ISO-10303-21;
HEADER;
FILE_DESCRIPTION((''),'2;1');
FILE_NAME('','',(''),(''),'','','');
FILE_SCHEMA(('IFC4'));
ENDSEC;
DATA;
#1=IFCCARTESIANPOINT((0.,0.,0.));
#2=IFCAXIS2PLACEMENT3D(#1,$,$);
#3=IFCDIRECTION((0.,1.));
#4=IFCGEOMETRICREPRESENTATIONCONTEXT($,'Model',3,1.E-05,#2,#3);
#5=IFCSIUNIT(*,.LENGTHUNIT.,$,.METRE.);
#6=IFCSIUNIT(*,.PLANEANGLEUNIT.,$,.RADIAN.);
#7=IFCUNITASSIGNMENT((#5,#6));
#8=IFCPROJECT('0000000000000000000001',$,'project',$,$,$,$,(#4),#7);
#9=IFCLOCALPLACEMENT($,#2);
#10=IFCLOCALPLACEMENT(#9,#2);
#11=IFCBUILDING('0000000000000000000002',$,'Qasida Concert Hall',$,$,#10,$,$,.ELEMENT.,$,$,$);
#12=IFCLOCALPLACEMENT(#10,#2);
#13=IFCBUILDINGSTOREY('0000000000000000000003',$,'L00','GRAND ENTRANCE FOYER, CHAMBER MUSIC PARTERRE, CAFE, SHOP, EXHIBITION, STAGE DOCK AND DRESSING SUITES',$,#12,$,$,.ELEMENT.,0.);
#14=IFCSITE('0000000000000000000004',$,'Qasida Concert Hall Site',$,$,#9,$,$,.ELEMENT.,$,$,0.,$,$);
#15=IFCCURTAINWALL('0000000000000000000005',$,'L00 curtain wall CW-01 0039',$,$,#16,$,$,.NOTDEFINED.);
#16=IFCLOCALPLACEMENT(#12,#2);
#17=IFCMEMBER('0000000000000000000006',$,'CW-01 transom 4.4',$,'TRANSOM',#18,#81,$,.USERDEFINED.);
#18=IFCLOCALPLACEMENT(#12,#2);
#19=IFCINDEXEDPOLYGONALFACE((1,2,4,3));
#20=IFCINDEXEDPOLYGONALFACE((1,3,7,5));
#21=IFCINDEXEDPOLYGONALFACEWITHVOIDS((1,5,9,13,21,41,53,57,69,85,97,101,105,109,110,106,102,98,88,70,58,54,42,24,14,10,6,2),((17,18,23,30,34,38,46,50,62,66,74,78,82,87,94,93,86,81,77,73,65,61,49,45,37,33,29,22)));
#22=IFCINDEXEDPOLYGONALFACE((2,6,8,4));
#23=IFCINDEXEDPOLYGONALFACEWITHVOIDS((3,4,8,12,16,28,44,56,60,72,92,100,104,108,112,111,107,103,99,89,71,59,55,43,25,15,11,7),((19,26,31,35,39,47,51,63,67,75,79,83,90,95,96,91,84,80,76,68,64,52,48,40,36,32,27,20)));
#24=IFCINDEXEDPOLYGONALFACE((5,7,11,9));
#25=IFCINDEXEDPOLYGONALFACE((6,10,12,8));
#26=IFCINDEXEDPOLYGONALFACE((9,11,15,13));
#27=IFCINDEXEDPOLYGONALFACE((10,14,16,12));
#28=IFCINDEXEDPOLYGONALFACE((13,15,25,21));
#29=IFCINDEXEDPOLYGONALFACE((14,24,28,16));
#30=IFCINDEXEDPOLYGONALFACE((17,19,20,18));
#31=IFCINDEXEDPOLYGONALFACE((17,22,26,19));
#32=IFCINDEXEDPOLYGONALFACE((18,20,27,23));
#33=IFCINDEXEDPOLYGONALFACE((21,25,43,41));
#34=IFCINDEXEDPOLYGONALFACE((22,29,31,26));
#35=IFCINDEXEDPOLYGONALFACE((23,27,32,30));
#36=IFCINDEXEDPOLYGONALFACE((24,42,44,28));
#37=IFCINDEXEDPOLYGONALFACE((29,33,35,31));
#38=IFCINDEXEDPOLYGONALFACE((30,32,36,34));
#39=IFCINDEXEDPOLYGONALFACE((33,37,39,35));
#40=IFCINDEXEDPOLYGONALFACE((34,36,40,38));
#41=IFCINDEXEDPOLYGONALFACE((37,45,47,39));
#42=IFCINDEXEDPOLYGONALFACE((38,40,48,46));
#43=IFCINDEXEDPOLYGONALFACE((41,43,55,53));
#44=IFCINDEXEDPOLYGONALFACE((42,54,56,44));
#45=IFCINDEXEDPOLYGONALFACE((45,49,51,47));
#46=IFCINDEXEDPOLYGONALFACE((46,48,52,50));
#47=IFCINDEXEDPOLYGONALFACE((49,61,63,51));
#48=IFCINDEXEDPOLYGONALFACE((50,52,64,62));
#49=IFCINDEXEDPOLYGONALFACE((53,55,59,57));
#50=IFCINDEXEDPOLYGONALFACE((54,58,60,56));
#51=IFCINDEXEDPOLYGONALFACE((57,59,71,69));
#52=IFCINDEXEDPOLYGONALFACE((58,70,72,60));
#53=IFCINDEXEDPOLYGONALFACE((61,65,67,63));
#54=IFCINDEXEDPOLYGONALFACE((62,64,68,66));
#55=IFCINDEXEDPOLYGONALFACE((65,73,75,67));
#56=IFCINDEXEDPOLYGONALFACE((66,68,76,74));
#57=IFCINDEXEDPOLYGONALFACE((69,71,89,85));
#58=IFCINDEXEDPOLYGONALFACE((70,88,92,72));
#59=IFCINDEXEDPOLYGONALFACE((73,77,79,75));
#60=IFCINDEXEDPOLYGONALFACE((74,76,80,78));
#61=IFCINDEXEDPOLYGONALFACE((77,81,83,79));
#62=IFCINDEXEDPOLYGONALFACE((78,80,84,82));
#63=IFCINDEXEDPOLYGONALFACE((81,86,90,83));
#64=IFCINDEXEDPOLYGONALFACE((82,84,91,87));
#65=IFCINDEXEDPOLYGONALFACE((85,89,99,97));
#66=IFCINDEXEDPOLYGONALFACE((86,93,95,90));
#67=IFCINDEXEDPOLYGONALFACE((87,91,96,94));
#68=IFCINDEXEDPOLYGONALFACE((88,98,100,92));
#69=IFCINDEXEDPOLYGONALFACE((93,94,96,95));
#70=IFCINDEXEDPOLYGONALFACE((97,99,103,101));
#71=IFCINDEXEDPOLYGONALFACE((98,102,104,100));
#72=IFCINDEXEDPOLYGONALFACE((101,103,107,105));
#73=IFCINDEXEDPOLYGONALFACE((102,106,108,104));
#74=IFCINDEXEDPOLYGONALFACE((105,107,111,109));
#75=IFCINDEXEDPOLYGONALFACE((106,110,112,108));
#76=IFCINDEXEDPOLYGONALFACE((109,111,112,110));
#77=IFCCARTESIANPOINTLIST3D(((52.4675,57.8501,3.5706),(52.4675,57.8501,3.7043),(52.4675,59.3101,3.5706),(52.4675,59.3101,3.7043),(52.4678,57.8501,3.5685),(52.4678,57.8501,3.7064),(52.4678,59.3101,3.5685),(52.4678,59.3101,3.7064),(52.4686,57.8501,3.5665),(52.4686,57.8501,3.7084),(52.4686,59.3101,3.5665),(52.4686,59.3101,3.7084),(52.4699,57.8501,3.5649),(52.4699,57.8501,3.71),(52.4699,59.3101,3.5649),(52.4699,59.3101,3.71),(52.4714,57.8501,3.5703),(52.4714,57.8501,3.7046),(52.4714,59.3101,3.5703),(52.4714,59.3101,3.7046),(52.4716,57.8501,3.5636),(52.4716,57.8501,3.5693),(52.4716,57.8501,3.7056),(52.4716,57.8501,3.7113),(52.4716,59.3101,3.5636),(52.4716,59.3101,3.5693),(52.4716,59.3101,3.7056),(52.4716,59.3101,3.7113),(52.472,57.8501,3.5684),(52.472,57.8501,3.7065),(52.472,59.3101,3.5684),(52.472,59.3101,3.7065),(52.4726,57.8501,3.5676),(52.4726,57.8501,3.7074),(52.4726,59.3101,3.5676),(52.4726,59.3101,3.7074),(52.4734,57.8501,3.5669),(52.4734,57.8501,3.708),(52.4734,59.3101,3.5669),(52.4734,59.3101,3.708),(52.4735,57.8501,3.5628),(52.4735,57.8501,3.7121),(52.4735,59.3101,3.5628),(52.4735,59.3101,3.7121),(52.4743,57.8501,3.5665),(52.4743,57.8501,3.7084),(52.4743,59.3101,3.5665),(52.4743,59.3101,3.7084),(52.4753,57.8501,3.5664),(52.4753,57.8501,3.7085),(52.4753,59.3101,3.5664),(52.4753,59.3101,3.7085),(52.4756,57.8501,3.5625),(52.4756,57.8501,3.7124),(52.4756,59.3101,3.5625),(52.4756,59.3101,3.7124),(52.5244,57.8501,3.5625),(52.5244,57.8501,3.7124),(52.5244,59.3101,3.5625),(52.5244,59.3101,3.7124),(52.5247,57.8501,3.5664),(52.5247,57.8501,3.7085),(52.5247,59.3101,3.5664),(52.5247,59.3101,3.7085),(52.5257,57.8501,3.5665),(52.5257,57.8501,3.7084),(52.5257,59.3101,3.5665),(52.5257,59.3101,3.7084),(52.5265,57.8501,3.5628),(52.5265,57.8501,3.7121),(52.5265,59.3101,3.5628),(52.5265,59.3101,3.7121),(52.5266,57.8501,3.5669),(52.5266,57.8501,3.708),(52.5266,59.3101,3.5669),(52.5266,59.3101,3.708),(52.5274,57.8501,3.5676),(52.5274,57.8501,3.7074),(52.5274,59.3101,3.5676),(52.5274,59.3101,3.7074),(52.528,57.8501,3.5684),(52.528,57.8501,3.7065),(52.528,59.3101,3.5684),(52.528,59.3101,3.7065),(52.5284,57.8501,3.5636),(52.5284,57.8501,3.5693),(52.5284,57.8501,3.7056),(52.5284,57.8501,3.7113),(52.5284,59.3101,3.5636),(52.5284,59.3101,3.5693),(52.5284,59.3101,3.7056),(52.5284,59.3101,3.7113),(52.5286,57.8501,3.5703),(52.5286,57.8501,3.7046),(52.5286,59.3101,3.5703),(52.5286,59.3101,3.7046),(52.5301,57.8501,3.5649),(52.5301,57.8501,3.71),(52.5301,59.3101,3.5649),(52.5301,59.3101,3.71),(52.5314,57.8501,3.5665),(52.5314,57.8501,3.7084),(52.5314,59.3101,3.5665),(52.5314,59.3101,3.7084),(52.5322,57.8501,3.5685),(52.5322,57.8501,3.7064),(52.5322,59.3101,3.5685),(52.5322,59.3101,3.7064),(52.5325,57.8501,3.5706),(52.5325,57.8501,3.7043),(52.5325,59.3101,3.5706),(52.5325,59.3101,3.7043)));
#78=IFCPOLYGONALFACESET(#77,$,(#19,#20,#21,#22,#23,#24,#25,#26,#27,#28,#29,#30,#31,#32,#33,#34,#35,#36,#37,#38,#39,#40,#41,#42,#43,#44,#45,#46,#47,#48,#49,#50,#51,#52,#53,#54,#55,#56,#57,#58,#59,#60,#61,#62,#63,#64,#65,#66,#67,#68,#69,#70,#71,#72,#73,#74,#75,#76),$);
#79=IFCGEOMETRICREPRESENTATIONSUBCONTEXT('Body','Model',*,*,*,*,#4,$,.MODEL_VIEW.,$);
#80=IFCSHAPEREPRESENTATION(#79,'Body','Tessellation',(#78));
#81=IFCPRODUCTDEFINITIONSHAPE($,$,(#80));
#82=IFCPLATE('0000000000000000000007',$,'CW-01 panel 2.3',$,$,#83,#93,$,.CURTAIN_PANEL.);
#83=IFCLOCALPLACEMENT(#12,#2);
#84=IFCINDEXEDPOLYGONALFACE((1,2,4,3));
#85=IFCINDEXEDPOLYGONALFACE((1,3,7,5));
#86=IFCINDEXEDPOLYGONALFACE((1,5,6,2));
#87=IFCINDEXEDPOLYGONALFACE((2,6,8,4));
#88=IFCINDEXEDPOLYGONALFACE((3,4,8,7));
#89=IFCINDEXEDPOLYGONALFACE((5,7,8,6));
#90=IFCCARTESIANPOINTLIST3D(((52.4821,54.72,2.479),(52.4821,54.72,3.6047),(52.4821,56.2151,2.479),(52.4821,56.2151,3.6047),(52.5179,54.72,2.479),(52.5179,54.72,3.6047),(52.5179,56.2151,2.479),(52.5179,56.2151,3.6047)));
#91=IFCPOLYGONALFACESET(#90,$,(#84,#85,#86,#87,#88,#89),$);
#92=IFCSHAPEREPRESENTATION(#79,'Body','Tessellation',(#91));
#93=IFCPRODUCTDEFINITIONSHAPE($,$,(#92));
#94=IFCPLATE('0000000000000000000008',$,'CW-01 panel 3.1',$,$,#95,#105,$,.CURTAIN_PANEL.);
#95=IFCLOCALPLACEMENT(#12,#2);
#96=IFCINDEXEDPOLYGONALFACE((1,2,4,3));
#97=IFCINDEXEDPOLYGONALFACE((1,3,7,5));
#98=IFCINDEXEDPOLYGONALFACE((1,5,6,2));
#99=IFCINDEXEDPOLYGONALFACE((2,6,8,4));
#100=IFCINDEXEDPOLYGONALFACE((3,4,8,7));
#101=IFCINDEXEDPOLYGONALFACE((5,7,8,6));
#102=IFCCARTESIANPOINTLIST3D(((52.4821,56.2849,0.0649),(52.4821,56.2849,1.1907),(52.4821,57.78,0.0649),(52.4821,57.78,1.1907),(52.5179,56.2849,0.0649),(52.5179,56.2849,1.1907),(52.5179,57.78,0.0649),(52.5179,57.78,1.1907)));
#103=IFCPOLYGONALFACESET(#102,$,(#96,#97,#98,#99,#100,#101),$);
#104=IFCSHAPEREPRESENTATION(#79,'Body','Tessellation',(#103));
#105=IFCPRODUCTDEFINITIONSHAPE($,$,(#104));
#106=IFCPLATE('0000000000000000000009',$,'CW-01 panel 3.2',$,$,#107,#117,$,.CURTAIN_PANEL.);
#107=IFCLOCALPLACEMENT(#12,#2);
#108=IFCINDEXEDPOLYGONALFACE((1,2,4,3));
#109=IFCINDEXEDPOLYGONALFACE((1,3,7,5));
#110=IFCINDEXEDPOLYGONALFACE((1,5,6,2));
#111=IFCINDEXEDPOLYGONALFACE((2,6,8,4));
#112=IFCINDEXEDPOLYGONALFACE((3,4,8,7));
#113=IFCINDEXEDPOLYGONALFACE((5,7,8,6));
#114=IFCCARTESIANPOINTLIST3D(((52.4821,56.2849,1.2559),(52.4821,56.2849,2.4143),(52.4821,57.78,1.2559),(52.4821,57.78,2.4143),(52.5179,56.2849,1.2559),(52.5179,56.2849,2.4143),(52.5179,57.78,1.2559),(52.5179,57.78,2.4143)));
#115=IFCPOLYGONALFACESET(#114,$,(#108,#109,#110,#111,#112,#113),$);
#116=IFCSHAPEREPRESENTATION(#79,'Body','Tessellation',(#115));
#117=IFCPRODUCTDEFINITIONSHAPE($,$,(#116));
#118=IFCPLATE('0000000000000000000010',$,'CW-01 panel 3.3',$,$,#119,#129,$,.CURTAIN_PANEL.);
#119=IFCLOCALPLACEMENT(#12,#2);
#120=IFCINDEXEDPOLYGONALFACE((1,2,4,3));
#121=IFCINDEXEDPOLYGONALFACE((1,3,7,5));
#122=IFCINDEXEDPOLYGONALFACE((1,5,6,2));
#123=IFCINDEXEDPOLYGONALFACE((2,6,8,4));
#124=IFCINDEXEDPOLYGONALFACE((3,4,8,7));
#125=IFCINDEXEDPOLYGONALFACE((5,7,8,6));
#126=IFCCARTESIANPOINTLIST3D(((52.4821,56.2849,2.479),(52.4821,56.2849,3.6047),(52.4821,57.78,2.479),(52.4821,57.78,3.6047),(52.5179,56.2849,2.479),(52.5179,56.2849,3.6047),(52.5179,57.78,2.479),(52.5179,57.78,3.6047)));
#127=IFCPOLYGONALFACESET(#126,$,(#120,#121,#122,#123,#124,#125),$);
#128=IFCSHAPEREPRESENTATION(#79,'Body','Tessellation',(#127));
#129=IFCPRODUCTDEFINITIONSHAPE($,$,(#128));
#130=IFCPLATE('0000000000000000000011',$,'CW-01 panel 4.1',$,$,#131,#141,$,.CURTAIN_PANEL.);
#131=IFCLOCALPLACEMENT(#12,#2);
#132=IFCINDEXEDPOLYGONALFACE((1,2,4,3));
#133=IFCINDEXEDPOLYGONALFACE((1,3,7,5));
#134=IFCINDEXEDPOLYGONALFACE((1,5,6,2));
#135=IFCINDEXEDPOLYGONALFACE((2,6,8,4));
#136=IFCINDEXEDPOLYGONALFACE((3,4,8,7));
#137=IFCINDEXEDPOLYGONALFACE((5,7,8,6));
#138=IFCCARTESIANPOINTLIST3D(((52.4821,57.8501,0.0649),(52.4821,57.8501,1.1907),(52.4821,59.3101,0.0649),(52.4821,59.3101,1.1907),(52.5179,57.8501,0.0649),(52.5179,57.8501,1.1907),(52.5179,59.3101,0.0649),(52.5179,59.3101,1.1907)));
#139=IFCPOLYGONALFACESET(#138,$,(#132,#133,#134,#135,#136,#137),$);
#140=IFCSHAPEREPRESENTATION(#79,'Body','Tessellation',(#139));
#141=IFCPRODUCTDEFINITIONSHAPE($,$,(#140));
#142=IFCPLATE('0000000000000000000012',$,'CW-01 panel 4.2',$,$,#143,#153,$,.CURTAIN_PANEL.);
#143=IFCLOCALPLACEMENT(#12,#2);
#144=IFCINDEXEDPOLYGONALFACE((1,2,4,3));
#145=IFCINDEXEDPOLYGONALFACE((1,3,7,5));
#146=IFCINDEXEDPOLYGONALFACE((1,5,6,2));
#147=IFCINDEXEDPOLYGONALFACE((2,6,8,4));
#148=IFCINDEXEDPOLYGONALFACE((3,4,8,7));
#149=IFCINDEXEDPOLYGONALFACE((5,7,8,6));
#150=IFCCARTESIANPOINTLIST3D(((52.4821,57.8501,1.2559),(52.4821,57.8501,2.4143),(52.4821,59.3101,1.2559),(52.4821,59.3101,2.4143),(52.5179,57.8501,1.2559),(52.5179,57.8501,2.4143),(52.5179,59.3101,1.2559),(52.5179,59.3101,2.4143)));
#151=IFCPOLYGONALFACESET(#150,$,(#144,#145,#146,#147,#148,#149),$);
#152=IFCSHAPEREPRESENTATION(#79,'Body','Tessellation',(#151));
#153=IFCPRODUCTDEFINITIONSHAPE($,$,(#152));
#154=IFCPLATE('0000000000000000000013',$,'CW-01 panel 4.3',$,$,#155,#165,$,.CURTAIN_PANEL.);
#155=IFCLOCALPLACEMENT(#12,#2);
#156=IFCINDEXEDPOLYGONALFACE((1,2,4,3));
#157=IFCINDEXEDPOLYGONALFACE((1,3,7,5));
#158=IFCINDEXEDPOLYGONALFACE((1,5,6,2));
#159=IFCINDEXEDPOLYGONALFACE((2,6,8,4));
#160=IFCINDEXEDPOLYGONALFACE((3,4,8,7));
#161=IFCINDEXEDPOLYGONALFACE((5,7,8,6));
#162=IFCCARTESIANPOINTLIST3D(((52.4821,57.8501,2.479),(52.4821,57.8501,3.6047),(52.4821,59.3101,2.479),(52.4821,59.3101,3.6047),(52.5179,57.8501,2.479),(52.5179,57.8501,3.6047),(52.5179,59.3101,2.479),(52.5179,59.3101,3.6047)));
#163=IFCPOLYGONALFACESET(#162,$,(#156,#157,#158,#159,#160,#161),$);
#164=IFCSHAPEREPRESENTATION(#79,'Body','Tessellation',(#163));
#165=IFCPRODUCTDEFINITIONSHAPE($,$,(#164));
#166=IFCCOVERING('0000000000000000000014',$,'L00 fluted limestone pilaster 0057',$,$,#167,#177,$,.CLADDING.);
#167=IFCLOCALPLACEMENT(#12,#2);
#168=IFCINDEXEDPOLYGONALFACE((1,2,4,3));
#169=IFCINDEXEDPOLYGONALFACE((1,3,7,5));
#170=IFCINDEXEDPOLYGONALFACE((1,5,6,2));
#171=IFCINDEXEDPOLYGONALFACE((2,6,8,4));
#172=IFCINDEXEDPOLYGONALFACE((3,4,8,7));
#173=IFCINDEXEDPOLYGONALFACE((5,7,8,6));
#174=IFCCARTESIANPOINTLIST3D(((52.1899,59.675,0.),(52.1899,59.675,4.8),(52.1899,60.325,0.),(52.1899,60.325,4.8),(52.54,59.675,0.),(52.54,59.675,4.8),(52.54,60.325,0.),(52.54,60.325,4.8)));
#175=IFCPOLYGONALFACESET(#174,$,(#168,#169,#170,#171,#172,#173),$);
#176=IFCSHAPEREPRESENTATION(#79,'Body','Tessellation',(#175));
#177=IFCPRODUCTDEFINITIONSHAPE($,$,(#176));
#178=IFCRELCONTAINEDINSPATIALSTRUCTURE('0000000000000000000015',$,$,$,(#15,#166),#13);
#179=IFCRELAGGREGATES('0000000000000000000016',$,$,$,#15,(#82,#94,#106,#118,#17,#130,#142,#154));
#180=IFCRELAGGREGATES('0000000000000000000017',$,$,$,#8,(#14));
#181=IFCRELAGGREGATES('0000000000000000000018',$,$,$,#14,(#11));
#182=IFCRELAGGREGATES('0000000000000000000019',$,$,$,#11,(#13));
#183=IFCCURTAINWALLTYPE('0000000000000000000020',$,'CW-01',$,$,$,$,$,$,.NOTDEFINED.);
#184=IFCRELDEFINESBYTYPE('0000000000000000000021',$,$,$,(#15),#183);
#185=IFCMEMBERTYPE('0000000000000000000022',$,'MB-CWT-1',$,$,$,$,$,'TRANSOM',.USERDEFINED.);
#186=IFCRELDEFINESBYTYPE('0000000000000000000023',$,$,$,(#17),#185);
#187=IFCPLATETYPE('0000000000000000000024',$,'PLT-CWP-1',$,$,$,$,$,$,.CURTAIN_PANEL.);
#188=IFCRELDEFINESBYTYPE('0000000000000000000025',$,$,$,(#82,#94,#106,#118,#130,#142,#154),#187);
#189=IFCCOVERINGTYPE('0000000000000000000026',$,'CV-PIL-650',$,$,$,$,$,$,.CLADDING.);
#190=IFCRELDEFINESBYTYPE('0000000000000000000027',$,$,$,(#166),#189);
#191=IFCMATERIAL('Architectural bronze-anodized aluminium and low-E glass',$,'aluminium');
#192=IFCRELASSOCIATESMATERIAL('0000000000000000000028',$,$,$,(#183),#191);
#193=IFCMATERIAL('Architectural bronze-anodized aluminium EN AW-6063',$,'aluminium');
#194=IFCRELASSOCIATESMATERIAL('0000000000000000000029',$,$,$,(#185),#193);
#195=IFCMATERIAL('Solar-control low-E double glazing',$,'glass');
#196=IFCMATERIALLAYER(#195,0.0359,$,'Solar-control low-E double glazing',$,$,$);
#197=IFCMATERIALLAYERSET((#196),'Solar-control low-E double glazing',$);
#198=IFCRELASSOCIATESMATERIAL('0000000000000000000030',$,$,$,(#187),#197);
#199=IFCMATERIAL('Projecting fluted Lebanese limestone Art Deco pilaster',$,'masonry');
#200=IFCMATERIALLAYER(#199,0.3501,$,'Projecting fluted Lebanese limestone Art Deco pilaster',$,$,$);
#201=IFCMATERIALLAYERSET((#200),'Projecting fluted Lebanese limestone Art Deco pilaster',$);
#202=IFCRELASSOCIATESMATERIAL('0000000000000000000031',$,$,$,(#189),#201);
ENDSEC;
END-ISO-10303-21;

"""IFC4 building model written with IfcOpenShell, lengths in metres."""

from ifc_helpers import new_model, si_unit, direction, frame, origin, origin_2d, place, context, subcontext, project, spatial, rectangle, hollow_rectangle, extrude, material, layer, layer_set, material_profile, profile_set, type_object, element, aggregate, save


model = new_model("IFC4")

# Units and contexts
model_context = context("Model", 3, precision=1e-05, world=origin(), true_north=direction((0.0, 1.0)))
body_context = subcontext(model_context, "Body", "Model", "MODEL_VIEW")
ifc_project = project(units=[si_unit("LENGTHUNIT", "METRE"), si_unit("PLANEANGLEUNIT", "RADIAN")], contexts=[model_context])

# Site, building, storey
site_placement = place(None, origin())
site = spatial("IfcSite", under=ifc_project, at=site_placement, Name="Qasida Concert Hall Site", CompositionType="ELEMENT", RefElevation=0.0)
building_placement = place(site_placement, origin())
building = spatial("IfcBuilding", under=site, at=building_placement, Name="Qasida Concert Hall", CompositionType="ELEMENT")
storey_placement = place(building_placement, origin())
storey = spatial("IfcBuildingStorey", under=building, at=storey_placement, Name="L00", Description="GRAND ENTRANCE FOYER, CHAMBER MUSIC PARTERRE, CAFE, SHOP, EXHIBITION, STAGE DOCK AND DRESSING SUITES", CompositionType="ELEMENT", Elevation=0.0)

# Curtain wall, member, plates
ifc_material_1 = material(Name="Architectural bronze-anodized aluminium and low-E glass", Category="aluminium")
curtain_wall_type = type_object("IfcCurtainWallType", Name="CW-01", PredefinedType="NOTDEFINED", material=ifc_material_1)
curtain_wall_placement = place(storey_placement, origin())
curtain_wall = element("IfcCurtainWall", 1, at=curtain_wall_placement, inside=storey, type_object=curtain_wall_type, Name="L00 curtain wall CW-01 0039", PredefinedType="NOTDEFINED")
ifc_material_2 = material(Name="Architectural bronze-anodized aluminium EN AW-6063", Category="aluminium")
ifc_material_profile_1 = material_profile(ifc_material_2, hollow_rectangle(XDim=0.0649, YDim=0.1499, WallThickness=0.0039, InnerFilletRadius=0.0039, OuterFilletRadius=0.0081, at=origin_2d()), Name="CWT 150x65x4")
ifc_profile_set_1 = profile_set([ifc_material_profile_1], Name="Architectural bronze-anodized aluminium EN AW-6063")
member_type_1 = type_object("IfcMemberType", Name="MB-CWT-1", ElementType="TRANSOM", PredefinedType="USERDEFINED", material=ifc_profile_set_1)
member_1_placement = place(storey_placement, frame((52.5, 57.8501, 3.6375), z_axis=(0.0, 1.0, 0.0), x_axis=(-1.0, 0.0, 0.0)))
member_1 = element("IfcMember", 2, at=member_1_placement, type_object=member_type_1, Name="CW-01 transom 4.4", ObjectType="TRANSOM", PredefinedType="USERDEFINED", context=body_context, shape_type="SweptSolid", body=[
    extrude(hollow_rectangle(XDim=0.0649, YDim=0.1499, WallThickness=0.0039, InnerFilletRadius=0.0039, OuterFilletRadius=0.0081, at=origin_2d()), origin(), (0.0, 0.0, 1.0), 1.46),
])
ifc_material_3 = material(Name="Solar-control low-E double glazing", Category="glass")
ifc_layer_1 = layer(ifc_material_3, 0.0359, Name="Solar-control low-E double glazing")
ifc_layer_set_1 = layer_set([ifc_layer_1], Name="Solar-control low-E double glazing")
plate_type = type_object("IfcPlateType", Name="PLT-CWP-1", PredefinedType="CURTAIN_PANEL", material=ifc_layer_set_1)
plate_1_placement = place(storey_placement, frame((52.5, 55.4675, 2.479), z_axis=(0.0, 0.0, 1.0), x_axis=(0.0, 1.0, 0.0)))
plate_1 = element("IfcPlate", 3, at=plate_1_placement, type_object=plate_type, Name="CW-01 panel 2.3", PredefinedType="CURTAIN_PANEL", context=body_context, shape_type="SweptSolid", body=[
    extrude(rectangle(XDim=1.4951, YDim=0.0359, at=origin_2d()), origin(), (0.0, 0.0, 1.0), 1.1257),
])
plate_2_placement = place(storey_placement, frame((52.5, 57.0325, 0.0649), z_axis=(0.0, 0.0, 1.0), x_axis=(0.0, 1.0, 0.0)))
plate_2 = element("IfcPlate", 4, at=plate_2_placement, type_object=plate_type, Name="CW-01 panel 3.1", PredefinedType="CURTAIN_PANEL", context=body_context, shape_type="SweptSolid", body=[
    extrude(rectangle(XDim=1.4951, YDim=0.0359, at=origin_2d()), origin(), (0.0, 0.0, 1.0), 1.1257),
])
plate_3_placement = place(storey_placement, frame((52.5, 57.0325, 1.2559), z_axis=(0.0, 0.0, 1.0), x_axis=(0.0, 1.0, 0.0)))
plate_3 = element("IfcPlate", 5, at=plate_3_placement, type_object=plate_type, Name="CW-01 panel 3.2", PredefinedType="CURTAIN_PANEL", context=body_context, shape_type="SweptSolid", body=[
    extrude(rectangle(XDim=1.4951, YDim=0.0359, at=origin_2d()), origin(), (0.0, 0.0, 1.0), 1.1584),
])
plate_4_placement = place(storey_placement, frame((52.5, 57.0325, 2.479), z_axis=(0.0, 0.0, 1.0), x_axis=(0.0, 1.0, 0.0)))
plate_4 = element("IfcPlate", 6, at=plate_4_placement, type_object=plate_type, Name="CW-01 panel 3.3", PredefinedType="CURTAIN_PANEL", context=body_context, shape_type="SweptSolid", body=[
    extrude(rectangle(XDim=1.4951, YDim=0.0359, at=origin_2d()), origin(), (0.0, 0.0, 1.0), 1.1257),
])
plate_5_placement = place(storey_placement, frame((52.5, 58.5801, 0.0649), z_axis=(0.0, 0.0, 1.0), x_axis=(0.0, 1.0, 0.0)))
plate_5 = element("IfcPlate", 7, at=plate_5_placement, type_object=plate_type, Name="CW-01 panel 4.1", PredefinedType="CURTAIN_PANEL", context=body_context, shape_type="SweptSolid", body=[
    extrude(rectangle(XDim=1.46, YDim=0.0359, at=origin_2d()), origin(), (0.0, 0.0, 1.0), 1.1257),
])
plate_6_placement = place(storey_placement, frame((52.5, 58.5801, 1.2559), z_axis=(0.0, 0.0, 1.0), x_axis=(0.0, 1.0, 0.0)))
plate_6 = element("IfcPlate", 8, at=plate_6_placement, type_object=plate_type, Name="CW-01 panel 4.2", PredefinedType="CURTAIN_PANEL", context=body_context, shape_type="SweptSolid", body=[
    extrude(rectangle(XDim=1.46, YDim=0.0359, at=origin_2d()), origin(), (0.0, 0.0, 1.0), 1.1584),
])
plate_7_placement = place(storey_placement, frame((52.5, 58.5801, 2.479), z_axis=(0.0, 0.0, 1.0), x_axis=(0.0, 1.0, 0.0)))
plate_7 = element("IfcPlate", 9, at=plate_7_placement, type_object=plate_type, Name="CW-01 panel 4.3", PredefinedType="CURTAIN_PANEL", context=body_context, shape_type="SweptSolid", body=[
    extrude(rectangle(XDim=1.46, YDim=0.0359, at=origin_2d()), origin(), (0.0, 0.0, 1.0), 1.1257),
])
aggregate(curtain_wall, [plate_1, plate_2, plate_3, plate_4, member_1, plate_5, plate_6, plate_7])

# Covering
ifc_material_4 = material(Name="Projecting fluted Lebanese limestone Art Deco pilaster", Category="masonry")
ifc_layer_2 = layer(ifc_material_4, 0.3501, Name="Projecting fluted Lebanese limestone Art Deco pilaster")
ifc_layer_set_2 = layer_set([ifc_layer_2], Name="Projecting fluted Lebanese limestone Art Deco pilaster")
covering_type = type_object("IfcCoveringType", Name="CV-PIL-650", PredefinedType="CLADDING", material=ifc_layer_set_2)
covering_placement = place(storey_placement, frame((52.365, 60.0, 0.0), z_axis=(0.0, 0.0, 1.0), x_axis=(1.0, 0.0, 0.0)))
element("IfcCovering", 10, at=covering_placement, inside=storey, type_object=covering_type, Name="L00 fluted limestone pilaster 0057", PredefinedType="CLADDING", context=body_context, shape_type="SweptSolid", body=[
    extrude(rectangle(XDim=0.3501, YDim=0.6499, at=origin_2d()), origin(), (0.0, 0.0, 1.0), 4.8),
])

save(model, "model.ifc")
